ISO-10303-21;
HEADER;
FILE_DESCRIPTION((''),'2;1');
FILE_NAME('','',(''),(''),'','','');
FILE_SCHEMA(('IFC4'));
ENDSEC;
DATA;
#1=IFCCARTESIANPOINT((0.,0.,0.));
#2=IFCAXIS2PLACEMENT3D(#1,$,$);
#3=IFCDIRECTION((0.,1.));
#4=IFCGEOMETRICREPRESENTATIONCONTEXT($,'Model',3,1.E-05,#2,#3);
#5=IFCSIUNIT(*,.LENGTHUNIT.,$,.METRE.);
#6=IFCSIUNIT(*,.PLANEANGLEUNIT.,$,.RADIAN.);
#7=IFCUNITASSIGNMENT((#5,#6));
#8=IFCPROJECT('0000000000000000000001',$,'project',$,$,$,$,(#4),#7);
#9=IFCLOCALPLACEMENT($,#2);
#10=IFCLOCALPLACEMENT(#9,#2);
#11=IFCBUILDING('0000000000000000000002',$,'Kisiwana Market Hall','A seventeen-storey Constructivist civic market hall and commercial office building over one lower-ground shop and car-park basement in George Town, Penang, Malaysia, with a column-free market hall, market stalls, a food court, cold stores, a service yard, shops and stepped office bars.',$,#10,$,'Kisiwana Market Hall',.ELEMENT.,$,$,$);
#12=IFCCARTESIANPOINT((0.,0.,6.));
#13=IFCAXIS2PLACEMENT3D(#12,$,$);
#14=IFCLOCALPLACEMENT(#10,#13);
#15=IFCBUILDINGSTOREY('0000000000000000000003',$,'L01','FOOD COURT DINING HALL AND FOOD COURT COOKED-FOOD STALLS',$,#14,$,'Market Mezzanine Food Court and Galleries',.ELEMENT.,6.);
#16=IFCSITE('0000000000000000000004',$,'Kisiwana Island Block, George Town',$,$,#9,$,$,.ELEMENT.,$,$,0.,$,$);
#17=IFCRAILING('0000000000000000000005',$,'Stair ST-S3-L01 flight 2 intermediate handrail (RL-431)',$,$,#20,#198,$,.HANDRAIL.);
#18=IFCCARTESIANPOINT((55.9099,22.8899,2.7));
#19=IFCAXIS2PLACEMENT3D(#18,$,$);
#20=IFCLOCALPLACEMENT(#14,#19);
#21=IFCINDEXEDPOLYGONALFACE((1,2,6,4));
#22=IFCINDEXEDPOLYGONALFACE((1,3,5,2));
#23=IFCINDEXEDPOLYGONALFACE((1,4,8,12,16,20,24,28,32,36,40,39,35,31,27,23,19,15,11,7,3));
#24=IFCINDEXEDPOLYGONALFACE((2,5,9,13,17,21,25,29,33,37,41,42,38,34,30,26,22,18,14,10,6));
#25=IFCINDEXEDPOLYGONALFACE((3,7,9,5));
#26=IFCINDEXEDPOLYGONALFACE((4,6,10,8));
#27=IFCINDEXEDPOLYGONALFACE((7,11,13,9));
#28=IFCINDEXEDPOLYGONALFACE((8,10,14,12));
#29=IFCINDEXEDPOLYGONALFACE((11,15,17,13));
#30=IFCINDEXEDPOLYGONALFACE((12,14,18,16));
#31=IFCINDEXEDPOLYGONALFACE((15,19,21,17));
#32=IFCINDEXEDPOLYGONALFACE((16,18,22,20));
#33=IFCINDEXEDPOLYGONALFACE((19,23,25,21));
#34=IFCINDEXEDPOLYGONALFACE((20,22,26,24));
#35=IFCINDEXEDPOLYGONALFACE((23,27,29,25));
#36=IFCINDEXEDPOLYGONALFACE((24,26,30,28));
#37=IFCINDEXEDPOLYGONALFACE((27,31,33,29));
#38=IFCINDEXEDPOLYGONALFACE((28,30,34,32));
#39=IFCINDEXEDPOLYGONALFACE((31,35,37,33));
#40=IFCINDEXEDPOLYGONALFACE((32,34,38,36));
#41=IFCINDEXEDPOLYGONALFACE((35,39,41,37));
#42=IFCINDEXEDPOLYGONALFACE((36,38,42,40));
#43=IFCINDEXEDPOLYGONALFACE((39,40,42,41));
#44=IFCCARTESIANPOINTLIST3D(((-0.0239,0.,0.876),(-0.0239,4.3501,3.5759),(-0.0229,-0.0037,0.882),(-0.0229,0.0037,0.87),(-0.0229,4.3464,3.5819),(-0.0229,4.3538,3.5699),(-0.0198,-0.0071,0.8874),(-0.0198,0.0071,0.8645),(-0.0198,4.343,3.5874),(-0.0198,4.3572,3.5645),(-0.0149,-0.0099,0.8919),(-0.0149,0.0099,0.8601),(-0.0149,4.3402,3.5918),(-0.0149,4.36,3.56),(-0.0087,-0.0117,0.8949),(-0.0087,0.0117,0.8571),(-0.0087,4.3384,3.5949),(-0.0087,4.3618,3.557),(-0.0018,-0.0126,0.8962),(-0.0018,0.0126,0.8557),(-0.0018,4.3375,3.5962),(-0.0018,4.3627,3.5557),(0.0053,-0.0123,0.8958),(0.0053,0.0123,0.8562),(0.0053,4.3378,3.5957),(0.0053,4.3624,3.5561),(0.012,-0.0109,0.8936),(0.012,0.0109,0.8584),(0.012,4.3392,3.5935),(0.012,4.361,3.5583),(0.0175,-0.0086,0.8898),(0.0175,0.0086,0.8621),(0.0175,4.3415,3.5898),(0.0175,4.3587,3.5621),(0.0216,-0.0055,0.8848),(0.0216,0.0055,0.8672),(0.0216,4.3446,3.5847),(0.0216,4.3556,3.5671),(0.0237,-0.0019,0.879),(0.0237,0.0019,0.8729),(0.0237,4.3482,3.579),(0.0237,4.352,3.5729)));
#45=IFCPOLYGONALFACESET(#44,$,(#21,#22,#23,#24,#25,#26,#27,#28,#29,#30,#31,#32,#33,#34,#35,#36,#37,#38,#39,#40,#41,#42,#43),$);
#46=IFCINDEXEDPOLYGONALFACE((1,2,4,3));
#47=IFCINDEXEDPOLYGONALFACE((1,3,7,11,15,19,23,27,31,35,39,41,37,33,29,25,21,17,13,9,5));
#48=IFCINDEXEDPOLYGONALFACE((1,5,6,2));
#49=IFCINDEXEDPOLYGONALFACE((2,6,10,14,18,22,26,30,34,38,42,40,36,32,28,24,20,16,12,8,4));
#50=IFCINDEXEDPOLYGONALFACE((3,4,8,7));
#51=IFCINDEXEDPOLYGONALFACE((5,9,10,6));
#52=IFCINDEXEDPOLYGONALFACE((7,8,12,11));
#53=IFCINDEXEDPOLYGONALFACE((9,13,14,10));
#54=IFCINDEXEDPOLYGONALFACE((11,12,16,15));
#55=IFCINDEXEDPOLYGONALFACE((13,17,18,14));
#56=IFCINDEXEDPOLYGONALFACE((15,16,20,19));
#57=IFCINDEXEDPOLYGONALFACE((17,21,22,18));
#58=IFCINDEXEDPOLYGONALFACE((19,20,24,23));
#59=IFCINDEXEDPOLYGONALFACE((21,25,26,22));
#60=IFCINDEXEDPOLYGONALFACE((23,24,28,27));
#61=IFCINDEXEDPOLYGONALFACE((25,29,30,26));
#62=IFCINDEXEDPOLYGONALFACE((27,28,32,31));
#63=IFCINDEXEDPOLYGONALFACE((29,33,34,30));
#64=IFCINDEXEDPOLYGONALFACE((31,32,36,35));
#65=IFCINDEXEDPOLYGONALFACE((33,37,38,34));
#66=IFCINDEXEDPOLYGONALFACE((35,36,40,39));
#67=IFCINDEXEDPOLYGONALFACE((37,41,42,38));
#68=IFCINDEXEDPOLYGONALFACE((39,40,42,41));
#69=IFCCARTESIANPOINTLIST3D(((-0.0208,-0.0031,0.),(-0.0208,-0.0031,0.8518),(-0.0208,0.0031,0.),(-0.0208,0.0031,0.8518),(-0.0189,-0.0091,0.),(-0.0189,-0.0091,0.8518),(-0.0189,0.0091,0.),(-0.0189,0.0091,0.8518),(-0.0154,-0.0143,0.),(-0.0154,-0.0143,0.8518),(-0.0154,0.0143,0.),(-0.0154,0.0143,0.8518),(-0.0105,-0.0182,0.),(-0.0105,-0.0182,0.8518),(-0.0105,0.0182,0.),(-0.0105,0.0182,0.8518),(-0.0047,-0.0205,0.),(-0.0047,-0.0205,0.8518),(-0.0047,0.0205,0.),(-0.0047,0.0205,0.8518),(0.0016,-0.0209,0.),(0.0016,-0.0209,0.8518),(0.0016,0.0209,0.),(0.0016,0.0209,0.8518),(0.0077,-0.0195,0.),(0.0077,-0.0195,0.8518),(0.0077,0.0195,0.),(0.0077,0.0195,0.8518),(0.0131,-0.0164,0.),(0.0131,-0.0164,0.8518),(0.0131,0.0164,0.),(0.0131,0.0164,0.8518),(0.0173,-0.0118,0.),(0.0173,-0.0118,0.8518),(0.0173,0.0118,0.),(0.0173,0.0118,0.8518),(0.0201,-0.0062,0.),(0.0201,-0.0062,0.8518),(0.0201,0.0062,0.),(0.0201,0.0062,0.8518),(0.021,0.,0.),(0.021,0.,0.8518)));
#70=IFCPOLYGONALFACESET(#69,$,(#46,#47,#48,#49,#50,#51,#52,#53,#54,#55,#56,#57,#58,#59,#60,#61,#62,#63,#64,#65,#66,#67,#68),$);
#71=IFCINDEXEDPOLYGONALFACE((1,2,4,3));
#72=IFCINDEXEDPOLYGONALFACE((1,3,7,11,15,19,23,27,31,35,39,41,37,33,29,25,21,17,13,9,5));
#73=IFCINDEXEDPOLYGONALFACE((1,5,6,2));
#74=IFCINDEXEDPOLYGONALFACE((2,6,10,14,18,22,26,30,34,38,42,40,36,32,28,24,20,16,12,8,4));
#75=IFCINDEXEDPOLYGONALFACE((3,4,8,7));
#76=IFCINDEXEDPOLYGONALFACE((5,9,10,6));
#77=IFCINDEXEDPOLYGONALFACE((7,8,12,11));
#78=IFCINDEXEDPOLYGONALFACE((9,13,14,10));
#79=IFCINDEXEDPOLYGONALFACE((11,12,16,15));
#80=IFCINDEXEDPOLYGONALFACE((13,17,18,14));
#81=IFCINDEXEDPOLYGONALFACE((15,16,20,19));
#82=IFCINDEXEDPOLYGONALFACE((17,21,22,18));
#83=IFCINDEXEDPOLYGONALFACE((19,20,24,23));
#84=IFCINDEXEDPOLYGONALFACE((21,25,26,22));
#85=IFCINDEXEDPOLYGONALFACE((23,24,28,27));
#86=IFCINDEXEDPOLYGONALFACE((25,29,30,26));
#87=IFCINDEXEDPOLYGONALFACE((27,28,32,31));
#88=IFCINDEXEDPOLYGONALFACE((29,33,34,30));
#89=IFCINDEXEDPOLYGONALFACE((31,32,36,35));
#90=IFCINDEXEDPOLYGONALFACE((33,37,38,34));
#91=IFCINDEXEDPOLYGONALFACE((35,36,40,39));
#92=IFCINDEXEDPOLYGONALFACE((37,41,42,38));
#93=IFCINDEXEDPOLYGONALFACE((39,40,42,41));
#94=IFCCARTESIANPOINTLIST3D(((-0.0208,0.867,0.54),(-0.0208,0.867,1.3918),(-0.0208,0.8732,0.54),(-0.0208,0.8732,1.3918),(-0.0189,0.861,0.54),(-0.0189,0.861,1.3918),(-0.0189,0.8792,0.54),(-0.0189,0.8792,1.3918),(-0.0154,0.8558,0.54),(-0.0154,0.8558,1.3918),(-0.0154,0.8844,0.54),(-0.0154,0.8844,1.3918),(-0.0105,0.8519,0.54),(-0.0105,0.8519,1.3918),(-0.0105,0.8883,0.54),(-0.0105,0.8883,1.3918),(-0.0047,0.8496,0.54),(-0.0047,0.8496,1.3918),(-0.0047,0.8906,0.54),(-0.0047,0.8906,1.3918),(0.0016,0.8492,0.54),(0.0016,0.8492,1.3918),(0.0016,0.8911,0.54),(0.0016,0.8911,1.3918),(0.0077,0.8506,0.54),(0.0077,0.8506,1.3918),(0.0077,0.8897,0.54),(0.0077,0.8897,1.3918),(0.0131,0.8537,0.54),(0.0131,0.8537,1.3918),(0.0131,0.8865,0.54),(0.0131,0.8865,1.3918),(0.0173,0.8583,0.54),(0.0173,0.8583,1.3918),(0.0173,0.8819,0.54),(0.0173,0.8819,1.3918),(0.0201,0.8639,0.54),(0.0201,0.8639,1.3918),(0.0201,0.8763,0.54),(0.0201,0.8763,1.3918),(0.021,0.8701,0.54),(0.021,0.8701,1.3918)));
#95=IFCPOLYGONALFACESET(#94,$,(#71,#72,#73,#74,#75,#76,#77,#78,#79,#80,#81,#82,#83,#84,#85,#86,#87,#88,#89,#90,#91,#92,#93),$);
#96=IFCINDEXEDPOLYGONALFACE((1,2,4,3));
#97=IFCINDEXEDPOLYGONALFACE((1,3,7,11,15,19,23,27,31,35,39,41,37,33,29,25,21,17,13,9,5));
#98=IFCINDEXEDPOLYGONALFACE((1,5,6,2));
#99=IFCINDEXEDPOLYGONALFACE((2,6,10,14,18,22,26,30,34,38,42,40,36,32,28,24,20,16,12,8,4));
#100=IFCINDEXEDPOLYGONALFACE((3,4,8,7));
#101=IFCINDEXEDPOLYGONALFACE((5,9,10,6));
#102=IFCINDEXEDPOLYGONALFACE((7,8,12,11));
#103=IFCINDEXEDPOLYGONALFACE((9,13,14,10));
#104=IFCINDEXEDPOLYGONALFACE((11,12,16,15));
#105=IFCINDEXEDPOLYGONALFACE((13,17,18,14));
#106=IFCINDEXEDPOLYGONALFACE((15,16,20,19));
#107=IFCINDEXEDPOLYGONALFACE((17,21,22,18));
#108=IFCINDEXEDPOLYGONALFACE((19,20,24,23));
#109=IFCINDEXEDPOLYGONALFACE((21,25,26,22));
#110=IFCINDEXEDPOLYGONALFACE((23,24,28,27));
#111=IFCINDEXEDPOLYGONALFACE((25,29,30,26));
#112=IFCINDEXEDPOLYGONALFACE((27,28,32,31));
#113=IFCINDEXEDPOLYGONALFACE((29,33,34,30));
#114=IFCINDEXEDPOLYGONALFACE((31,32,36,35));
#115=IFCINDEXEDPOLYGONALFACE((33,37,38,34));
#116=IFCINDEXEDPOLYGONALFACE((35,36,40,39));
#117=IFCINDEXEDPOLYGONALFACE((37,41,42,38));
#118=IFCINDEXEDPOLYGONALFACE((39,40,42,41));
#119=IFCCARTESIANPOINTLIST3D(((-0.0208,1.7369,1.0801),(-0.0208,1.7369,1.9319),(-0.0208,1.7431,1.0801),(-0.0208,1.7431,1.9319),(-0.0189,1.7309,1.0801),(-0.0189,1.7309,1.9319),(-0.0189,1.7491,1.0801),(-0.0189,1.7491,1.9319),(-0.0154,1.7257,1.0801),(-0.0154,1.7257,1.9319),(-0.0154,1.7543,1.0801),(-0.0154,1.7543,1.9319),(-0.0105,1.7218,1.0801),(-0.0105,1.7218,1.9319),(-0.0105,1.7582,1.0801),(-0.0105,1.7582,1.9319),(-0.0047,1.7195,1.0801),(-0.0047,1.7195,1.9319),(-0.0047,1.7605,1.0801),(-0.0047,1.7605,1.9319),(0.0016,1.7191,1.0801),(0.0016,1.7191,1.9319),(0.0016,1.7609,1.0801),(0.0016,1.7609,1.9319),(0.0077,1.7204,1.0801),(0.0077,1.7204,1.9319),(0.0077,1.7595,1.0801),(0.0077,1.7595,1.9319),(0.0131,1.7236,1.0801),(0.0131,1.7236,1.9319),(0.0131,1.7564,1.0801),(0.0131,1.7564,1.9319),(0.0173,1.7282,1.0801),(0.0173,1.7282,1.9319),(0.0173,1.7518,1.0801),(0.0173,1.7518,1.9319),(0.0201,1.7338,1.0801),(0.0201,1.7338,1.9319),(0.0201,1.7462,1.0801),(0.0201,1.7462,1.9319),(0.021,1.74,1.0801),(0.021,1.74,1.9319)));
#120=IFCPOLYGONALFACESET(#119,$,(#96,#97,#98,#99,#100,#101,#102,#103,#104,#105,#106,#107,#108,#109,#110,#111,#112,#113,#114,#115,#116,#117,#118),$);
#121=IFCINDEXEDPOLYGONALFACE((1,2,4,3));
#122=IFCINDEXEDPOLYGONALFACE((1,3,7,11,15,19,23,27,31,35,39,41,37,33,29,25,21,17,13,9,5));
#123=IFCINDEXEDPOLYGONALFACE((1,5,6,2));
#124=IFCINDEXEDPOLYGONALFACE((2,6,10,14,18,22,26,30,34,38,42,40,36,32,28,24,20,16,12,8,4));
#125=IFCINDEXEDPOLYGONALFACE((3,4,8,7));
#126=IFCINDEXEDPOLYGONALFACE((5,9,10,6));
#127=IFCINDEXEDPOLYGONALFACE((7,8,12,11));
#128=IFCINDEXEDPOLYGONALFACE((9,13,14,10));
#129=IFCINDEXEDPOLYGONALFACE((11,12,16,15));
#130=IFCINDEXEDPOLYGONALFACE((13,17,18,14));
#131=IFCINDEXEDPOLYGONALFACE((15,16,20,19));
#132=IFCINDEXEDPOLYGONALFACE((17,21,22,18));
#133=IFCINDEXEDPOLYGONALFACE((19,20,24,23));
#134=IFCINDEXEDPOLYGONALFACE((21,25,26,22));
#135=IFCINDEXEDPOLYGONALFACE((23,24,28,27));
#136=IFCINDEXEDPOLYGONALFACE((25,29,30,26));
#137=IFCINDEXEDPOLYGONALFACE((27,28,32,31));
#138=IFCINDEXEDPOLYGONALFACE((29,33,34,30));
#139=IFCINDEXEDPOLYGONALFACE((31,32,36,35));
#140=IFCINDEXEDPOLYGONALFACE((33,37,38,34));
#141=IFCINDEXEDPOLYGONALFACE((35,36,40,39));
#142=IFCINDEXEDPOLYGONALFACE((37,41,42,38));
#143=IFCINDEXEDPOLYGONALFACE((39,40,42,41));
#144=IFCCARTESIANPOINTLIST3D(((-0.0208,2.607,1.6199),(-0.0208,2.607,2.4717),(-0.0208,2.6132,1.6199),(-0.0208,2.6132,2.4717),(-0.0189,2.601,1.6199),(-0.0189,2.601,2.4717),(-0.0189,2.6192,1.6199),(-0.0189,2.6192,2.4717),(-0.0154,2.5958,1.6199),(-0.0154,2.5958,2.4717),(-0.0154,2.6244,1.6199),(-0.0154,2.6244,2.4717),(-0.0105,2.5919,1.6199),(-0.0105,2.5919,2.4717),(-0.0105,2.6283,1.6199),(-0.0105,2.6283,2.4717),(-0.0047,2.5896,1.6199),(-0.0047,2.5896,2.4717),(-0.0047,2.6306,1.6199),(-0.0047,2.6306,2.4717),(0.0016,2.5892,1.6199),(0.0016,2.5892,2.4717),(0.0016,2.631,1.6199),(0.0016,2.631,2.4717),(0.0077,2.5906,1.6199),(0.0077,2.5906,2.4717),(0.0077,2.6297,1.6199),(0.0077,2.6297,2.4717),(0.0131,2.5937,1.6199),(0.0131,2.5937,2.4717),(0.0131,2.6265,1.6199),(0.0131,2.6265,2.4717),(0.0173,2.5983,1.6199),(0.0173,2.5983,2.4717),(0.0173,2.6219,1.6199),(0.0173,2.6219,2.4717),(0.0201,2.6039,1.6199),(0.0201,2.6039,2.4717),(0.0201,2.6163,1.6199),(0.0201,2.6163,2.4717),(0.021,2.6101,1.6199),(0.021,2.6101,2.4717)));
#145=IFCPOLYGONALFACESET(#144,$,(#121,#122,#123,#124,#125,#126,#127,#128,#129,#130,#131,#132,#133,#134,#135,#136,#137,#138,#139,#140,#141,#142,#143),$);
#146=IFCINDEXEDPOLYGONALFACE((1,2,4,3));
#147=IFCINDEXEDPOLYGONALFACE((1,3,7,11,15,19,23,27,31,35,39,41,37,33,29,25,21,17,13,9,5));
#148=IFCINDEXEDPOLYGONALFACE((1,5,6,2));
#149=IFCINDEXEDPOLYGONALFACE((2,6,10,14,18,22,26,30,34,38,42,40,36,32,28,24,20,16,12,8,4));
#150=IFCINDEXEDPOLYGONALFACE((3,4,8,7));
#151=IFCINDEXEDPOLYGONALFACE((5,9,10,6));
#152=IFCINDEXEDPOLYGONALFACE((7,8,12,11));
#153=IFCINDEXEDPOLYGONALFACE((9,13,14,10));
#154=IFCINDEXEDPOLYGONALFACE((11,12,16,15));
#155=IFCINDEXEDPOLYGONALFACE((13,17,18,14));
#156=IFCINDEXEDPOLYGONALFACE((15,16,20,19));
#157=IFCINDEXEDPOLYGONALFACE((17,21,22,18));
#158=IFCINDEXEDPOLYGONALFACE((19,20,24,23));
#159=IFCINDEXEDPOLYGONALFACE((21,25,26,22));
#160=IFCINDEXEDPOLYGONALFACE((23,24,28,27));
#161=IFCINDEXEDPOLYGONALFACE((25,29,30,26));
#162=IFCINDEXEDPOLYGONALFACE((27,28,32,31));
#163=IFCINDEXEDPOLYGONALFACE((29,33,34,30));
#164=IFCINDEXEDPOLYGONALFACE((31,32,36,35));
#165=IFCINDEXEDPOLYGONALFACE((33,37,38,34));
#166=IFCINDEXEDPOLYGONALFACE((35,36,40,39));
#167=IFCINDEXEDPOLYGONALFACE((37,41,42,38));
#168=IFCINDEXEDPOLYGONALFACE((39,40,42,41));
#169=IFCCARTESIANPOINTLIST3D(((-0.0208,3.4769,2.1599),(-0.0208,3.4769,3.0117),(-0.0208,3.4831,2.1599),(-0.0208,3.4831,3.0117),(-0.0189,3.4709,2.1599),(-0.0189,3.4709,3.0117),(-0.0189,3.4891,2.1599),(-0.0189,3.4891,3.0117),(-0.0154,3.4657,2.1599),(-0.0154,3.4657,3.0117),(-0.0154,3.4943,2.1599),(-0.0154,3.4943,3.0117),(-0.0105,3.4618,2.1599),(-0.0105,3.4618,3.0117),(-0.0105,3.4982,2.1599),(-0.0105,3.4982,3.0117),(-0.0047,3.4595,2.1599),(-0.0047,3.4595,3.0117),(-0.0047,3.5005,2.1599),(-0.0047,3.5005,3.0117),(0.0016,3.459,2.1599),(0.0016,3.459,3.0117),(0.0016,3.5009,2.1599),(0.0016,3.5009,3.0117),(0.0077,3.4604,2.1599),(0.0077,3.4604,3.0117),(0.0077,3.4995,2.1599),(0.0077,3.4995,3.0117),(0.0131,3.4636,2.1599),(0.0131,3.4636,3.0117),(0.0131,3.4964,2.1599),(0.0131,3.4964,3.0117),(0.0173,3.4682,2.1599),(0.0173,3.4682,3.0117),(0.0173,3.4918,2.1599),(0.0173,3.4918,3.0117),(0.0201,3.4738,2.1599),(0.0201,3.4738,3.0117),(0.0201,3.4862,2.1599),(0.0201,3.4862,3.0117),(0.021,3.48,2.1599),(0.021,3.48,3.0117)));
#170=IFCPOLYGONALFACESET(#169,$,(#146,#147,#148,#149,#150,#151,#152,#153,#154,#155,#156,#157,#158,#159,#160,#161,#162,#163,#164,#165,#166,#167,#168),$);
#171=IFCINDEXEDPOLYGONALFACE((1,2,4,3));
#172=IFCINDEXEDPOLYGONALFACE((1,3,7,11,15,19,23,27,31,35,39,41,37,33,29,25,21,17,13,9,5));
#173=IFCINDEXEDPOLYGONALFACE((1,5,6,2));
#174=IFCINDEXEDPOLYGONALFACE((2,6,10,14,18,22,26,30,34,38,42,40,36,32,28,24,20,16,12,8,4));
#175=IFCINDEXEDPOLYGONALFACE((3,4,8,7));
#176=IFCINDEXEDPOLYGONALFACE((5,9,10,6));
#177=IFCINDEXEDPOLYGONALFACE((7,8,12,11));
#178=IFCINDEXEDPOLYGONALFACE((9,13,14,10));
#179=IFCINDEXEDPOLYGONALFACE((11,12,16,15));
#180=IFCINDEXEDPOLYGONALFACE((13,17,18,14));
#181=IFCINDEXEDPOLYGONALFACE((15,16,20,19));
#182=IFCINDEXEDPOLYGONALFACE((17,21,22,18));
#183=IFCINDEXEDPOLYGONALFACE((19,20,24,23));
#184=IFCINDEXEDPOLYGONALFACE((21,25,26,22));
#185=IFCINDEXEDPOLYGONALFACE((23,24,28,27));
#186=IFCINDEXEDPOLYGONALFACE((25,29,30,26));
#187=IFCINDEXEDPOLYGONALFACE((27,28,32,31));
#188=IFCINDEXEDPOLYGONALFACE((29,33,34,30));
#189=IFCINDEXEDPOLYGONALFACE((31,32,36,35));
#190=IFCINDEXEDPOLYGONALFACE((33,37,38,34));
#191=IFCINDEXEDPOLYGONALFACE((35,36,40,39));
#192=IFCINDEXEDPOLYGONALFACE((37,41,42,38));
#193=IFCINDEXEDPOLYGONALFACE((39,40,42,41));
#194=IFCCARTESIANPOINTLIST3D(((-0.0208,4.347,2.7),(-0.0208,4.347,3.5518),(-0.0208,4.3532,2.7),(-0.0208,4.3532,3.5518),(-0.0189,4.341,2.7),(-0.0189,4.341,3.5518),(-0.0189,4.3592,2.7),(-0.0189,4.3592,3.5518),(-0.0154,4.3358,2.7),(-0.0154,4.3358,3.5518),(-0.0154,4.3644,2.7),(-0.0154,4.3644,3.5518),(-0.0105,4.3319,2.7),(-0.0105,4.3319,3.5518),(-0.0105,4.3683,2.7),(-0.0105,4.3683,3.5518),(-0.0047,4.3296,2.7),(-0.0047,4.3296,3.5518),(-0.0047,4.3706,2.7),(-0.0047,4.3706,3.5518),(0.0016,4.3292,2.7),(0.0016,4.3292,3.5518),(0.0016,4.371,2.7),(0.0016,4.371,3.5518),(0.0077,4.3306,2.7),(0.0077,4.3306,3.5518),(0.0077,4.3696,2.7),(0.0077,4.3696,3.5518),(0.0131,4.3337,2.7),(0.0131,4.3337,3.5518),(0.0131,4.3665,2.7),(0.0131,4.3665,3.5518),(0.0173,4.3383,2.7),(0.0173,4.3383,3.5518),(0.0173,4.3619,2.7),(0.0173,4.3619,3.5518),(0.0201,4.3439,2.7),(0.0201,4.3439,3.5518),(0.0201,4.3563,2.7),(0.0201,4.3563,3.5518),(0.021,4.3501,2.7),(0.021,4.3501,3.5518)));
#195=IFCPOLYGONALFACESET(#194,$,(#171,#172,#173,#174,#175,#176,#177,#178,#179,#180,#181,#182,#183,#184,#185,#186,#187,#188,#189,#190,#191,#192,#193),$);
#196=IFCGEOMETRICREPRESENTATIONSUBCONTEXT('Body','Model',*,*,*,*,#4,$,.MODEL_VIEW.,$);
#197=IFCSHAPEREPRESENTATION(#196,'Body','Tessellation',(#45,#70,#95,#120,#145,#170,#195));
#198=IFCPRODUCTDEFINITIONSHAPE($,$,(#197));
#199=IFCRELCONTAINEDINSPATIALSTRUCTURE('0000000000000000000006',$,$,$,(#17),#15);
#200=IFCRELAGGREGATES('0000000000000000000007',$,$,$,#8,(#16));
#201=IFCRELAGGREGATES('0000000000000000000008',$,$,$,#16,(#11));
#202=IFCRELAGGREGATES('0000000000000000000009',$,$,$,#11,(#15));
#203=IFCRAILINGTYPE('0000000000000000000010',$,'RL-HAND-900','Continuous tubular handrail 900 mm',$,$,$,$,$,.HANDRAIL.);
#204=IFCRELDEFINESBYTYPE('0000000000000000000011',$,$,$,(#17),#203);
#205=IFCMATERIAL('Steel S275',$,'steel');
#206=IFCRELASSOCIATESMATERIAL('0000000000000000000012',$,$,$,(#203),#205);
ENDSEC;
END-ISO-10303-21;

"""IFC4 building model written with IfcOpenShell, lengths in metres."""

from ifc_helpers import new_model, si_unit, direction, frame, origin, origin_2d, place, context, subcontext, project, spatial, circle, extrude, material, type_object, element, save


model = new_model("IFC4")

# Units and contexts
model_context = context("Model", 3, precision=1e-05, world=origin(), true_north=direction((0.0, 1.0)))
body_context = subcontext(model_context, "Body", "Model", "MODEL_VIEW")
ifc_project = project(units=[si_unit("LENGTHUNIT", "METRE"), si_unit("PLANEANGLEUNIT", "RADIAN")], contexts=[model_context])

# Site, building, storey
site_placement = place(None, origin())
site = spatial("IfcSite", under=ifc_project, at=site_placement, Name="Kisiwana Island Block, George Town", CompositionType="ELEMENT", RefElevation=0.0)
building_placement = place(site_placement, origin())
building = spatial("IfcBuilding", under=site, at=building_placement, Name="Kisiwana Market Hall", Description="A seventeen-storey Constructivist civic market hall and commercial office building over one lower-ground shop and car-park basement in George Town, Penang, Malaysia, with a column-free market hall, market stalls, a food court, cold stores, a service yard, shops and stepped office bars.", LongName="Kisiwana Market Hall", CompositionType="ELEMENT")
storey_placement = place(building_placement, frame((0.0, 0.0, 6.0)))
storey = spatial("IfcBuildingStorey", under=building, at=storey_placement, Name="L01", Description="FOOD COURT DINING HALL AND FOOD COURT COOKED-FOOD STALLS", LongName="Market Mezzanine Food Court and Galleries", CompositionType="ELEMENT", Elevation=6.0)

# Railing
ifc_material_1 = material(Name="Steel S275", Category="steel")
railing_type_1 = type_object("IfcRailingType", Name="RL-HAND-900", Description="Continuous tubular handrail 900 mm", PredefinedType="HANDRAIL", material=ifc_material_1)
railing_1_placement = place(storey_placement, frame((55.9099, 22.8899, 2.7)))
element("IfcRailing", 1, at=railing_1_placement, inside=storey, type_object=railing_type_1, Name="Stair ST-S3-L01 flight 2 intermediate handrail (RL-431)", PredefinedType="HANDRAIL", context=body_context, shape_type="SweptSolid", body=[
    extrude(circle(Radius=0.0239, at=origin_2d()), frame((0.0, 0.0, 0.876), z_axis=(0.0, 0.84965, 0.527347), x_axis=(-1.0, 0.0, 0.0)), (0.0, 0.0, 1.0), 5.1199),
    extrude(circle(Radius=0.021, at=origin_2d()), origin(), (0.0, 0.0, 1.0), 0.8518),
    extrude(circle(Radius=0.021, at=origin_2d()), frame((0.0, 0.8701, 0.54)), (0.0, 0.0, 1.0), 0.8518),
    extrude(circle(Radius=0.021, at=origin_2d()), frame((0.0, 1.74, 1.0801)), (0.0, 0.0, 1.0), 0.8518),
    extrude(circle(Radius=0.021, at=origin_2d()), frame((0.0, 2.6101, 1.6199)), (0.0, 0.0, 1.0), 0.8518),
    extrude(circle(Radius=0.021, at=origin_2d()), frame((0.0, 3.48, 2.1599)), (0.0, 0.0, 1.0), 0.8518),
    extrude(circle(Radius=0.021, at=origin_2d()), frame((0.0, 4.3501, 2.7)), (0.0, 0.0, 1.0), 0.8518),
])

save(model, "model.ifc")
